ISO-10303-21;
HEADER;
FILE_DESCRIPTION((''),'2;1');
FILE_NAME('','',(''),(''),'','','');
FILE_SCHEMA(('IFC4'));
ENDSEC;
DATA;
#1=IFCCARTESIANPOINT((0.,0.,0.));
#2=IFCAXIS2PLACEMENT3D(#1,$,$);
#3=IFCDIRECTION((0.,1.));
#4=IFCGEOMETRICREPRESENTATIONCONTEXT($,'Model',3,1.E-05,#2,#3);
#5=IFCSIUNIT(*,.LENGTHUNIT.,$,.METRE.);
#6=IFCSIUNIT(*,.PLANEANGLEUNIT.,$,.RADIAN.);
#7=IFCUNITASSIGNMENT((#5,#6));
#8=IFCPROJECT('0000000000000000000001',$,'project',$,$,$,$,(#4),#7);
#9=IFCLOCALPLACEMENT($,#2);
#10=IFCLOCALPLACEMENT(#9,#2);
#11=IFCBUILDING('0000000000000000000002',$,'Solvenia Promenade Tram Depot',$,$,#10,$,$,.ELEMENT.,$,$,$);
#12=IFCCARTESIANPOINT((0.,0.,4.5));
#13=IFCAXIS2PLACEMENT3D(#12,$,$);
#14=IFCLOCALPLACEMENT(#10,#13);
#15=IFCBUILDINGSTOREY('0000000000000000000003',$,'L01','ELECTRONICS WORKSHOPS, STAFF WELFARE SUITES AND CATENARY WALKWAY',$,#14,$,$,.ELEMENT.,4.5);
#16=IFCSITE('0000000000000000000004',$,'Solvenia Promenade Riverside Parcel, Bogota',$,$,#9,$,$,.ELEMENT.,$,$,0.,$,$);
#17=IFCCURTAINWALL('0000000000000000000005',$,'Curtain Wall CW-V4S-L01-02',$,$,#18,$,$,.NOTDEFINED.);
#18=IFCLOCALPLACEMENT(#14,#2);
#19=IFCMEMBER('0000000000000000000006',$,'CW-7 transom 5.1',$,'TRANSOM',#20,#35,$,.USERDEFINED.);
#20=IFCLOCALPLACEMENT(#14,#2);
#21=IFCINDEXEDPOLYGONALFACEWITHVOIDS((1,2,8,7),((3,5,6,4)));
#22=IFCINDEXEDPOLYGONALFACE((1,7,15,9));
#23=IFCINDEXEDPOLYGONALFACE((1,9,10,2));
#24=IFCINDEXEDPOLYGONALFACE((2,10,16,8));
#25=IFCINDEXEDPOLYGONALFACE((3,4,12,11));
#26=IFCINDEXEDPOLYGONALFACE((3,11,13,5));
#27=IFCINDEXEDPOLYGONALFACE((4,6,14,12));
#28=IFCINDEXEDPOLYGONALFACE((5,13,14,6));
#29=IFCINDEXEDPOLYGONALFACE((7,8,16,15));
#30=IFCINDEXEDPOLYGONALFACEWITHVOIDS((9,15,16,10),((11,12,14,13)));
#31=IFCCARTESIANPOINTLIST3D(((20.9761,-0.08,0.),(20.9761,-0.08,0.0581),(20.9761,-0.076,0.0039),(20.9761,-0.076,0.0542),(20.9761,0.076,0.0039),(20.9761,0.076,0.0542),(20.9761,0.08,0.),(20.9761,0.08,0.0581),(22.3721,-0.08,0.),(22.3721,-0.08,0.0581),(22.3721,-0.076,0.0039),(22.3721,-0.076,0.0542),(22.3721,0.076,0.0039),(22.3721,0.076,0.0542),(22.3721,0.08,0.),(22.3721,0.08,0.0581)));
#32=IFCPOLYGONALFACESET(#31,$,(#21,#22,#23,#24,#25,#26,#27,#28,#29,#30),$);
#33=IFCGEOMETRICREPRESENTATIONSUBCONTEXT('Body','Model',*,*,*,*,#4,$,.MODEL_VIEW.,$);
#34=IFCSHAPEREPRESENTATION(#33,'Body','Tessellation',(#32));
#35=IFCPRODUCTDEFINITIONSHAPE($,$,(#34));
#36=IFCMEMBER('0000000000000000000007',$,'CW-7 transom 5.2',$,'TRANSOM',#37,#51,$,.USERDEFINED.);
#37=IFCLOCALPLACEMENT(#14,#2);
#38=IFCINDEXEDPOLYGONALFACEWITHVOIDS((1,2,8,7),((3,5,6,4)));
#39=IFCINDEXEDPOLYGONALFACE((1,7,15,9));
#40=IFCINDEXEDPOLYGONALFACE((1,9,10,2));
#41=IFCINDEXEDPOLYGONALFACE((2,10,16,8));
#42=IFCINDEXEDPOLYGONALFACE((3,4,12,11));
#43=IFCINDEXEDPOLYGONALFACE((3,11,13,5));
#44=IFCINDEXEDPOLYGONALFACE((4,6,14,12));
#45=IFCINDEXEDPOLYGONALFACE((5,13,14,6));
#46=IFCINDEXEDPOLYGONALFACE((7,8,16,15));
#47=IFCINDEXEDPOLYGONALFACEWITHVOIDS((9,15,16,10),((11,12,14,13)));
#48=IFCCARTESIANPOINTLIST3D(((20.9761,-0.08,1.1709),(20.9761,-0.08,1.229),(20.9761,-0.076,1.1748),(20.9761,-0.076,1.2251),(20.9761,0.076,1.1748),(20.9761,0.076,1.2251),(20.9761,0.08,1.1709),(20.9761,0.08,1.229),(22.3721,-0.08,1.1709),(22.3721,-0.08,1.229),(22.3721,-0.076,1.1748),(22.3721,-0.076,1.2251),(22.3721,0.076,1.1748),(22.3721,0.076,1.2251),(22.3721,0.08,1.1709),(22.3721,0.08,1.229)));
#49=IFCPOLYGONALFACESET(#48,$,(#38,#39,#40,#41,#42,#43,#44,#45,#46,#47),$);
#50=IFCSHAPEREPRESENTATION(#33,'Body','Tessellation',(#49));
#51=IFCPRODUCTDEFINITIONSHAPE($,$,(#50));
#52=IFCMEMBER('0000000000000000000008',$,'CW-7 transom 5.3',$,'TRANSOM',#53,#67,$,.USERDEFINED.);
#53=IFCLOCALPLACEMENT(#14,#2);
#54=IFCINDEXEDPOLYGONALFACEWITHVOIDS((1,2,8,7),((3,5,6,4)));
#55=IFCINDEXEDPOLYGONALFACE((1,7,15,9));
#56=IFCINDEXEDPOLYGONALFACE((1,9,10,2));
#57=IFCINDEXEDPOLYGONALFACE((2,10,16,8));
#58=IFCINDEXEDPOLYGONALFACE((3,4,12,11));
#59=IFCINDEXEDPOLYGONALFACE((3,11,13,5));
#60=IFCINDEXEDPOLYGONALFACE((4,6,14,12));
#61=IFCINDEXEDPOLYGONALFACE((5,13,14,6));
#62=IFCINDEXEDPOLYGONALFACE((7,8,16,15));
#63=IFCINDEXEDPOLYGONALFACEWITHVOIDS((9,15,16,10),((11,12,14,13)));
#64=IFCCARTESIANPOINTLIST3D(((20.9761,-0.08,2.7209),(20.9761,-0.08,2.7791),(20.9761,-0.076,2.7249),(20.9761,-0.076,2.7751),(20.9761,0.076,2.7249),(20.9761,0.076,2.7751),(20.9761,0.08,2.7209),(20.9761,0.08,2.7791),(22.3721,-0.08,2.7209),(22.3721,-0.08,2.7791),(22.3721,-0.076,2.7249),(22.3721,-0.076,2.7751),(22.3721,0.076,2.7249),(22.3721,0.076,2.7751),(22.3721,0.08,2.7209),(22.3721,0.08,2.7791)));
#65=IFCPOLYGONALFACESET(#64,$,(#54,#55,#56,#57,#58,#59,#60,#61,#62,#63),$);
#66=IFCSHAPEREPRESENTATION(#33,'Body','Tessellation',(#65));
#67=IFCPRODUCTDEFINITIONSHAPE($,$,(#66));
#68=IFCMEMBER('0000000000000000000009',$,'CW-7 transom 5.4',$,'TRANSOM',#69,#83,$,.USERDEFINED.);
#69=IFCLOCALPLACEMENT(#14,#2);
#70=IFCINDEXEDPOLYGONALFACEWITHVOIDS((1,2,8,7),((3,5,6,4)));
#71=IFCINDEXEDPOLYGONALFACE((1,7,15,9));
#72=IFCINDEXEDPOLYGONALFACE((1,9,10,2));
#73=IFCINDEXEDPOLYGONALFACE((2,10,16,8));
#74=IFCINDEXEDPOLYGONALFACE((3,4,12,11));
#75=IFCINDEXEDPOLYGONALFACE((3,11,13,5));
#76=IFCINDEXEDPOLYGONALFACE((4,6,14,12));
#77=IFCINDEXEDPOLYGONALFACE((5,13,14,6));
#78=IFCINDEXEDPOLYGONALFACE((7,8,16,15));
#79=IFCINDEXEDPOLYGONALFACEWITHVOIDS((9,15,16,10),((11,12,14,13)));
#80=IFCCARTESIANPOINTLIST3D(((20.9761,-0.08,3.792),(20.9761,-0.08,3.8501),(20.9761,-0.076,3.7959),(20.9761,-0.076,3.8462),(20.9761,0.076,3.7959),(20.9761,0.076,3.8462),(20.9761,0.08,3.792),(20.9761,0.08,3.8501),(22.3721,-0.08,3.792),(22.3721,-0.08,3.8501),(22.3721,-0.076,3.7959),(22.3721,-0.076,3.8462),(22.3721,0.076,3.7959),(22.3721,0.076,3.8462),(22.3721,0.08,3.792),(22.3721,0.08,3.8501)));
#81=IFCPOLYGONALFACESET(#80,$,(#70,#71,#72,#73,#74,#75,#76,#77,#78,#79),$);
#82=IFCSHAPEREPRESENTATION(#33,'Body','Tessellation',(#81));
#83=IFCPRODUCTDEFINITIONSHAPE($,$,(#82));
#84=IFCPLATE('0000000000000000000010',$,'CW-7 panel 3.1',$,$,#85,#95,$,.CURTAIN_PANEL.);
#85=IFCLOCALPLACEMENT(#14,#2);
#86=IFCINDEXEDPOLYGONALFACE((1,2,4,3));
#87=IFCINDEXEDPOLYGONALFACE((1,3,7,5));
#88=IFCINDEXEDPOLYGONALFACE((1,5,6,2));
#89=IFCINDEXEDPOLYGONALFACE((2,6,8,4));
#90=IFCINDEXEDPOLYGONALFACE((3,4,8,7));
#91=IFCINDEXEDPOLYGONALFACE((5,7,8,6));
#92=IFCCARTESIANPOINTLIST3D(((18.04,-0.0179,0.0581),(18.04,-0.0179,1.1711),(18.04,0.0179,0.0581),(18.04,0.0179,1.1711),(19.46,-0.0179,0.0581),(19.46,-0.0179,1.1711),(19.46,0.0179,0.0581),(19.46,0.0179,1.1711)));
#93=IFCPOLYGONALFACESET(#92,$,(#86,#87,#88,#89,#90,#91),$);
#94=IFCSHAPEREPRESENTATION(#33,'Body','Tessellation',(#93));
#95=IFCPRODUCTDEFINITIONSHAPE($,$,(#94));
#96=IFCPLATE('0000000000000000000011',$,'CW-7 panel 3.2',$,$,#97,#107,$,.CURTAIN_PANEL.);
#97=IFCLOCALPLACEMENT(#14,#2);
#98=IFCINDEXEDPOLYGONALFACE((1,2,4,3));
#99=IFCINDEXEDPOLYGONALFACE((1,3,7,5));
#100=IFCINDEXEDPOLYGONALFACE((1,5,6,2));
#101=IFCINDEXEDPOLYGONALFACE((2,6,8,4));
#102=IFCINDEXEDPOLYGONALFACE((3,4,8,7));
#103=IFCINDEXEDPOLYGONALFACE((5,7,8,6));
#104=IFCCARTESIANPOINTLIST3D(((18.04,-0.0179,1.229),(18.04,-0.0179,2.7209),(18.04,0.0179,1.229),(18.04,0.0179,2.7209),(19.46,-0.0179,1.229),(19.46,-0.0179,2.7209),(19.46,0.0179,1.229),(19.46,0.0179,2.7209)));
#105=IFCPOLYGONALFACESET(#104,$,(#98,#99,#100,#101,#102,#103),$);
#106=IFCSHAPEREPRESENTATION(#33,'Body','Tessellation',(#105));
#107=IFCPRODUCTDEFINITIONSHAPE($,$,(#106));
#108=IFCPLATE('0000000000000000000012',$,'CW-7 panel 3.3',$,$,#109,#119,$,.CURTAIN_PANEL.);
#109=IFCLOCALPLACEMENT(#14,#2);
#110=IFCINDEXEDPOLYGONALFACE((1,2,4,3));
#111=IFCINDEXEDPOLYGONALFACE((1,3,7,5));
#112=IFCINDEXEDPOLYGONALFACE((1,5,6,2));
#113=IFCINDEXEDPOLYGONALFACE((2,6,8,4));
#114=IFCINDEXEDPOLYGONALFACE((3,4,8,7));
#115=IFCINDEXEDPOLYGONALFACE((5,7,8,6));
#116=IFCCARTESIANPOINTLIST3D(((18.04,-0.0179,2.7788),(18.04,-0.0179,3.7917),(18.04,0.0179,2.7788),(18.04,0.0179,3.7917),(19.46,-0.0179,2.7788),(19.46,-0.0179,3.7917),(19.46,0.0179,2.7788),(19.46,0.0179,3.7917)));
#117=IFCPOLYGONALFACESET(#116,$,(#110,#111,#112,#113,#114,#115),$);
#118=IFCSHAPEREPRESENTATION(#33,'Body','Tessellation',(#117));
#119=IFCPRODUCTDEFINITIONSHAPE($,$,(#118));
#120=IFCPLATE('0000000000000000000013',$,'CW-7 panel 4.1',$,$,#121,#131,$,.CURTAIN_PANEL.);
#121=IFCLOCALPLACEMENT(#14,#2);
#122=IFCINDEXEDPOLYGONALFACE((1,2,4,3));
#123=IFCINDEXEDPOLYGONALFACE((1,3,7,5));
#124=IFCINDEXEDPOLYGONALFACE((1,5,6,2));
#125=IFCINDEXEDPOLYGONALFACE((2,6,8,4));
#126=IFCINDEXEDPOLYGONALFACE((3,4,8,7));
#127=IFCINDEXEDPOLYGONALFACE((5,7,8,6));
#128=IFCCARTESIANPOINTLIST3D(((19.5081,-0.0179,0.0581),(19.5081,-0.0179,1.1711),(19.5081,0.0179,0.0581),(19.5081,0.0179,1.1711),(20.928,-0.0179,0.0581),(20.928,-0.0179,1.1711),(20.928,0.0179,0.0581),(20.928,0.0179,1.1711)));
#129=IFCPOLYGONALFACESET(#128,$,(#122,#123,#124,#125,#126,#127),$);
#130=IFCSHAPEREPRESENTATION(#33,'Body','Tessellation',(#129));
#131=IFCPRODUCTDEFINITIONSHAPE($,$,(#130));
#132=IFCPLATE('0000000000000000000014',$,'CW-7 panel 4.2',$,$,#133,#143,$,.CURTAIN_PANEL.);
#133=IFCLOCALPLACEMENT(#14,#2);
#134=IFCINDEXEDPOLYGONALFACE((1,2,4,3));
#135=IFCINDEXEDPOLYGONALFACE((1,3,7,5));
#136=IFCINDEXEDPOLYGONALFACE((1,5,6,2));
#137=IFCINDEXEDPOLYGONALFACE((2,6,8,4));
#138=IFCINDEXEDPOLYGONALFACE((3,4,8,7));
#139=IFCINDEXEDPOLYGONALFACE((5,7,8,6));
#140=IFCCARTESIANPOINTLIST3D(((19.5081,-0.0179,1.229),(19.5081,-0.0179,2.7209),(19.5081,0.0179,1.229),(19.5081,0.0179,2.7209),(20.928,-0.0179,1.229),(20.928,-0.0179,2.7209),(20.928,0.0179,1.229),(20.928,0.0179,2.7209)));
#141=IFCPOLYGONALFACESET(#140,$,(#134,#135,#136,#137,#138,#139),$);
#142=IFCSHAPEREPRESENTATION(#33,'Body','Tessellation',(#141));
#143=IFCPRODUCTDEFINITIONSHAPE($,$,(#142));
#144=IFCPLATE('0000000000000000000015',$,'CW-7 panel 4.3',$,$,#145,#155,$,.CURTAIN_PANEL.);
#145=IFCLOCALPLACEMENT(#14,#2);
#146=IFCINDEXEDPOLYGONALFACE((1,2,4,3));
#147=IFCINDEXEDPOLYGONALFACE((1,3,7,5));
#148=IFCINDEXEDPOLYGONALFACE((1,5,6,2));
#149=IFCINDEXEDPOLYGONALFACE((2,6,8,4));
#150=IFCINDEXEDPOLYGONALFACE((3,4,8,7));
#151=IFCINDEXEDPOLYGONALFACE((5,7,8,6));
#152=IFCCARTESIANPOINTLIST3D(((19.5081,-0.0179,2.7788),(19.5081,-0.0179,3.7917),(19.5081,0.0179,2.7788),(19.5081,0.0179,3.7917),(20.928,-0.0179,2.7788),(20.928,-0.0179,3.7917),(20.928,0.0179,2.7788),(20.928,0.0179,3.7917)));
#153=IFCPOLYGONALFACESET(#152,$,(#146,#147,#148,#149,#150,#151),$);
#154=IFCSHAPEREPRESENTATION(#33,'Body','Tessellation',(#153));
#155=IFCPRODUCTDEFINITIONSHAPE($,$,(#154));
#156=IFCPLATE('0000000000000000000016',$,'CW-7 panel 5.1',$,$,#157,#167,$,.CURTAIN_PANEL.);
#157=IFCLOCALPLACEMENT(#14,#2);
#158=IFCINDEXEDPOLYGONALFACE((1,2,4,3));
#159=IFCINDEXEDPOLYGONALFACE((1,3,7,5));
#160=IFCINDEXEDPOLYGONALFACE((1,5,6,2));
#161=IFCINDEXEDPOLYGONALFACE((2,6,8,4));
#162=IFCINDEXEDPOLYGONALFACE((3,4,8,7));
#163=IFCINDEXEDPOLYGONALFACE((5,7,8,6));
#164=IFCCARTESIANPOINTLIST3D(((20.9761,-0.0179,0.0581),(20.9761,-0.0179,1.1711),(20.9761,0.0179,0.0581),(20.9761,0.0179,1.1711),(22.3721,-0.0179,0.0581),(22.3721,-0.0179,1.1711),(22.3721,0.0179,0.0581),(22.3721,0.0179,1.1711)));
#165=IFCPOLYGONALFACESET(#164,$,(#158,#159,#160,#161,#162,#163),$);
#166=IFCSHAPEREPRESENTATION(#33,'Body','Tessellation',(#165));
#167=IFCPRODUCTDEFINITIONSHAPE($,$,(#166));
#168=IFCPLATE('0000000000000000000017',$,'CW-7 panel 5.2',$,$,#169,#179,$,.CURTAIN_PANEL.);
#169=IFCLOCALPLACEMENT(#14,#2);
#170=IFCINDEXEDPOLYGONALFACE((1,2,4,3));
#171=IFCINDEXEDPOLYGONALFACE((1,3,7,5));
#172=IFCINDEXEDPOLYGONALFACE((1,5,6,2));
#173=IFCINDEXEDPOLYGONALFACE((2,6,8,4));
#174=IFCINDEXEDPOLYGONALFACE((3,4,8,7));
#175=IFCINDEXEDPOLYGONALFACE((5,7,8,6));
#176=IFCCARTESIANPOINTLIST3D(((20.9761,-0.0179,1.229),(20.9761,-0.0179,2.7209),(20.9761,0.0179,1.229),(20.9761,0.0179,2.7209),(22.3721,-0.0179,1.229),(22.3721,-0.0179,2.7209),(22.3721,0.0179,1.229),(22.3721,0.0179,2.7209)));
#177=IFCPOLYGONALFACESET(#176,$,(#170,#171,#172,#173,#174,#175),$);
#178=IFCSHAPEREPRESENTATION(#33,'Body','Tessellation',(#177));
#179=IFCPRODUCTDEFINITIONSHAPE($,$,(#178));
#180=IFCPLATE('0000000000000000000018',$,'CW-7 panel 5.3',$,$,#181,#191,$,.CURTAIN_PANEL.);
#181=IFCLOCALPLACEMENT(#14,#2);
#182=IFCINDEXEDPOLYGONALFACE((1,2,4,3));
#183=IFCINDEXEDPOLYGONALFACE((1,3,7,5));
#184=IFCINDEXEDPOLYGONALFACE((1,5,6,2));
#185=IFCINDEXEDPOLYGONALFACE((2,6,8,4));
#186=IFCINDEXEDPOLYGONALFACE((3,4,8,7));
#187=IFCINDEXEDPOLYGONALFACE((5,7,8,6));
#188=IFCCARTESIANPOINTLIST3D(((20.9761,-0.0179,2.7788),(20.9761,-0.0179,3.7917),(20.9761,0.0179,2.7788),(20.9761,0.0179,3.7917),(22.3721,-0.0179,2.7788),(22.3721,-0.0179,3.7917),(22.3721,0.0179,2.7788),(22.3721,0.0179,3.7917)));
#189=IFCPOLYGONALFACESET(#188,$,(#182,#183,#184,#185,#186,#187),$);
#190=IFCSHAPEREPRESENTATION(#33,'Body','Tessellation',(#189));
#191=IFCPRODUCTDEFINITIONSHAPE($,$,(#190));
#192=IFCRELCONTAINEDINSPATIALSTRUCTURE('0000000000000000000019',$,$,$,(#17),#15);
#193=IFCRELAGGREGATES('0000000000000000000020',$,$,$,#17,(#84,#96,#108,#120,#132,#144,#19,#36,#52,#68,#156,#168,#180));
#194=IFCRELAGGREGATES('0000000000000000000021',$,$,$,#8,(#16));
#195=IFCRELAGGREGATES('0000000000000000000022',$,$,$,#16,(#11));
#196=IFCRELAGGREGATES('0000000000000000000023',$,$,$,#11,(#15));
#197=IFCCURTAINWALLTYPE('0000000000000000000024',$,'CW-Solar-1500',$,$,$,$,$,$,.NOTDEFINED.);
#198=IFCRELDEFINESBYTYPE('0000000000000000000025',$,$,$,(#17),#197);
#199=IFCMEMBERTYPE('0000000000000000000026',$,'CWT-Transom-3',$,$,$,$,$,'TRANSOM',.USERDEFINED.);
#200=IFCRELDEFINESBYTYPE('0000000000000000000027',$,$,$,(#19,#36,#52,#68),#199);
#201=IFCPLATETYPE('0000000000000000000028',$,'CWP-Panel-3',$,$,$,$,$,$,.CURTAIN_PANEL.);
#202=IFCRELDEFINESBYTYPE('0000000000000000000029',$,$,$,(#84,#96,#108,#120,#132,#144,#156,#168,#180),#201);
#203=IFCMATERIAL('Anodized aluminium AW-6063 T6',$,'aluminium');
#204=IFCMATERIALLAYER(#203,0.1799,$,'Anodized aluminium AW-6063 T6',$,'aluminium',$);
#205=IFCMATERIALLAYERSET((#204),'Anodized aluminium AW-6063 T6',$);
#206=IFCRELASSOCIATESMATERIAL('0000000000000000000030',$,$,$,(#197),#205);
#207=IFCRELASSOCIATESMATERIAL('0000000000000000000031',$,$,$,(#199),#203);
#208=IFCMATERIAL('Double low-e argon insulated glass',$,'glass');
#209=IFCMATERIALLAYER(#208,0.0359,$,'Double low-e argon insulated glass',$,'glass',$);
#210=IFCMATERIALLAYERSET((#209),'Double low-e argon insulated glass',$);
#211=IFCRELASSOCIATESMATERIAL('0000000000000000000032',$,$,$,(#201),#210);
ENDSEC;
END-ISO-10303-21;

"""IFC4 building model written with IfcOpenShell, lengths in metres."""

from ifc_helpers import new_model, si_unit, direction, frame, origin, origin_2d, place, context, subcontext, project, spatial, rectangle, hollow_rectangle, extrude, material, layer, layer_set, material_profile, profile_set, type_object, element, aggregate, save


model = new_model("IFC4")

# Units and contexts
model_context = context("Model", 3, precision=1e-05, world=origin(), true_north=direction((0.0, 1.0)))
body_context = subcontext(model_context, "Body", "Model", "MODEL_VIEW")
ifc_project = project(units=[si_unit("LENGTHUNIT", "METRE"), si_unit("PLANEANGLEUNIT", "RADIAN")], contexts=[model_context])

# Site, building, storey
site_placement = place(None, origin())
site = spatial("IfcSite", under=ifc_project, at=site_placement, Name="Solvenia Promenade Riverside Parcel, Bogota", CompositionType="ELEMENT", RefElevation=0.0)
building_placement = place(site_placement, origin())
building = spatial("IfcBuilding", under=site, at=building_placement, Name="Solvenia Promenade Tram Depot", CompositionType="ELEMENT")
storey_placement = place(building_placement, frame((0.0, 0.0, 4.5)))
storey = spatial("IfcBuildingStorey", under=building, at=storey_placement, Name="L01", Description="ELECTRONICS WORKSHOPS, STAFF WELFARE SUITES AND CATENARY WALKWAY", CompositionType="ELEMENT", Elevation=4.5)

# Curtain wall, members, plates
ifc_material_1 = material(Name="Anodized aluminium AW-6063 T6", Category="aluminium")
ifc_layer_1 = layer(ifc_material_1, 0.1799, Name="Anodized aluminium AW-6063 T6", Category="aluminium")
ifc_layer_set_1 = layer_set([ifc_layer_1], Name="Anodized aluminium AW-6063 T6")
curtain_wall_type = type_object("IfcCurtainWallType", Name="CW-Solar-1500", PredefinedType="NOTDEFINED", material=ifc_layer_set_1)
curtain_wall_placement = place(storey_placement, origin())
curtain_wall = element("IfcCurtainWall", 1, at=curtain_wall_placement, inside=storey, type_object=curtain_wall_type, Name="Curtain Wall CW-V4S-L01-02", PredefinedType="NOTDEFINED")
ifc_material_profile_1 = material_profile(ifc_material_1, hollow_rectangle(XDim=0.1599, YDim=0.0581, WallThickness=0.0039, at=origin_2d()), Name="ALU-T3", Category="aluminium")
ifc_profile_set_1 = profile_set([ifc_material_profile_1], Name="Anodized aluminium AW-6063 T6")
member_type_1 = type_object("IfcMemberType", Name="CWT-Transom-3", ElementType="TRANSOM", PredefinedType="USERDEFINED", material=ifc_profile_set_1)
member_1_placement = place(storey_placement, frame((20.9761, 0.0, 0.0291), z_axis=(1.0, 0.0, 0.0), x_axis=(0.0, 1.0, 0.0)))
member_1 = element("IfcMember", 2, at=member_1_placement, type_object=member_type_1, Name="CW-7 transom 5.1", ObjectType="TRANSOM", PredefinedType="USERDEFINED", context=body_context, shape_type="SweptSolid", body=[
    extrude(hollow_rectangle(XDim=0.1599, YDim=0.0581, WallThickness=0.0039, at=origin_2d()), origin(), (0.0, 0.0, 1.0), 1.396),
])
member_2_placement = place(storey_placement, frame((20.9761, 0.0, 1.2), z_axis=(1.0, 0.0, 0.0), x_axis=(0.0, 1.0, 0.0)))
member_2 = element("IfcMember", 3, at=member_2_placement, type_object=member_type_1, Name="CW-7 transom 5.2", ObjectType="TRANSOM", PredefinedType="USERDEFINED", context=body_context, shape_type="SweptSolid", body=[
    extrude(hollow_rectangle(XDim=0.1599, YDim=0.0581, WallThickness=0.0039, at=origin_2d()), origin(), (0.0, 0.0, 1.0), 1.396),
])
member_3_placement = place(storey_placement, frame((20.9761, 0.0, 2.75), z_axis=(1.0, 0.0, 0.0), x_axis=(0.0, 1.0, 0.0)))
member_3 = element("IfcMember", 4, at=member_3_placement, type_object=member_type_1, Name="CW-7 transom 5.3", ObjectType="TRANSOM", PredefinedType="USERDEFINED", context=body_context, shape_type="SweptSolid", body=[
    extrude(hollow_rectangle(XDim=0.1599, YDim=0.0581, WallThickness=0.0039, at=origin_2d()), origin(), (0.0, 0.0, 1.0), 1.396),
])
member_4_placement = place(storey_placement, frame((20.9761, 0.0, 3.821), z_axis=(1.0, 0.0, 0.0), x_axis=(0.0, 1.0, 0.0)))
member_4 = element("IfcMember", 5, at=member_4_placement, type_object=member_type_1, Name="CW-7 transom 5.4", ObjectType="TRANSOM", PredefinedType="USERDEFINED", context=body_context, shape_type="SweptSolid", body=[
    extrude(hollow_rectangle(XDim=0.1599, YDim=0.0581, WallThickness=0.0039, at=origin_2d()), origin(), (0.0, 0.0, 1.0), 1.396),
])
ifc_material_2 = material(Name="Double low-e argon insulated glass", Category="glass")
ifc_layer_2 = layer(ifc_material_2, 0.0359, Name="Double low-e argon insulated glass", Category="glass")
ifc_layer_set_2 = layer_set([ifc_layer_2], Name="Double low-e argon insulated glass")
plate_type = type_object("IfcPlateType", Name="CWP-Panel-3", PredefinedType="CURTAIN_PANEL", material=ifc_layer_set_2)
plate_1_placement = place(storey_placement, frame((18.75, 0.0, 0.0581), z_axis=(0.0, 0.0, 1.0), x_axis=(1.0, 0.0, 0.0)))
plate_1 = element("IfcPlate", 6, at=plate_1_placement, type_object=plate_type, Name="CW-7 panel 3.1", PredefinedType="CURTAIN_PANEL", context=body_context, shape_type="SweptSolid", body=[
    extrude(rectangle(XDim=1.4199, YDim=0.0359, at=origin_2d()), origin(), (0.0, 0.0, 1.0), 1.113),
])
plate_2_placement = place(storey_placement, frame((18.75, 0.0, 1.229), z_axis=(0.0, 0.0, 1.0), x_axis=(1.0, 0.0, 0.0)))
plate_2 = element("IfcPlate", 7, at=plate_2_placement, type_object=plate_type, Name="CW-7 panel 3.2", PredefinedType="CURTAIN_PANEL", context=body_context, shape_type="SweptSolid", body=[
    extrude(rectangle(XDim=1.4199, YDim=0.0359, at=origin_2d()), origin(), (0.0, 0.0, 1.0), 1.4919),
])
plate_3_placement = place(storey_placement, frame((18.75, 0.0, 2.7788), z_axis=(0.0, 0.0, 1.0), x_axis=(1.0, 0.0, 0.0)))
plate_3 = element("IfcPlate", 8, at=plate_3_placement, type_object=plate_type, Name="CW-7 panel 3.3", PredefinedType="CURTAIN_PANEL", context=body_context, shape_type="SweptSolid", body=[
    extrude(rectangle(XDim=1.4199, YDim=0.0359, at=origin_2d()), origin(), (0.0, 0.0, 1.0), 1.0129),
])
plate_4_placement = place(storey_placement, frame((20.218, 0.0, 0.0581), z_axis=(0.0, 0.0, 1.0), x_axis=(1.0, 0.0, 0.0)))
plate_4 = element("IfcPlate", 9, at=plate_4_placement, type_object=plate_type, Name="CW-7 panel 4.1", PredefinedType="CURTAIN_PANEL", context=body_context, shape_type="SweptSolid", body=[
    extrude(rectangle(XDim=1.4199, YDim=0.0359, at=origin_2d()), origin(), (0.0, 0.0, 1.0), 1.113),
])
plate_5_placement = place(storey_placement, frame((20.218, 0.0, 1.229), z_axis=(0.0, 0.0, 1.0), x_axis=(1.0, 0.0, 0.0)))
plate_5 = element("IfcPlate", 10, at=plate_5_placement, type_object=plate_type, Name="CW-7 panel 4.2", PredefinedType="CURTAIN_PANEL", context=body_context, shape_type="SweptSolid", body=[
    extrude(rectangle(XDim=1.4199, YDim=0.0359, at=origin_2d()), origin(), (0.0, 0.0, 1.0), 1.4919),
])
plate_6_placement = place(storey_placement, frame((20.218, 0.0, 2.7788), z_axis=(0.0, 0.0, 1.0), x_axis=(1.0, 0.0, 0.0)))
plate_6 = element("IfcPlate", 11, at=plate_6_placement, type_object=plate_type, Name="CW-7 panel 4.3", PredefinedType="CURTAIN_PANEL", context=body_context, shape_type="SweptSolid", body=[
    extrude(rectangle(XDim=1.4199, YDim=0.0359, at=origin_2d()), origin(), (0.0, 0.0, 1.0), 1.0129),
])
plate_7_placement = place(storey_placement, frame((21.6741, 0.0, 0.0581), z_axis=(0.0, 0.0, 1.0), x_axis=(1.0, 0.0, 0.0)))
plate_7 = element("IfcPlate", 12, at=plate_7_placement, type_object=plate_type, Name="CW-7 panel 5.1", PredefinedType="CURTAIN_PANEL", context=body_context, shape_type="SweptSolid", body=[
    extrude(rectangle(XDim=1.396, YDim=0.0359, at=origin_2d()), origin(), (0.0, 0.0, 1.0), 1.113),
])
plate_8_placement = place(storey_placement, frame((21.6741, 0.0, 1.229), z_axis=(0.0, 0.0, 1.0), x_axis=(1.0, 0.0, 0.0)))
plate_8 = element("IfcPlate", 13, at=plate_8_placement, type_object=plate_type, Name="CW-7 panel 5.2", PredefinedType="CURTAIN_PANEL", context=body_context, shape_type="SweptSolid", body=[
    extrude(rectangle(XDim=1.396, YDim=0.0359, at=origin_2d()), origin(), (0.0, 0.0, 1.0), 1.4919),
])
plate_9_placement = place(storey_placement, frame((21.6741, 0.0, 2.7788), z_axis=(0.0, 0.0, 1.0), x_axis=(1.0, 0.0, 0.0)))
plate_9 = element("IfcPlate", 14, at=plate_9_placement, type_object=plate_type, Name="CW-7 panel 5.3", PredefinedType="CURTAIN_PANEL", context=body_context, shape_type="SweptSolid", body=[
    extrude(rectangle(XDim=1.396, YDim=0.0359, at=origin_2d()), origin(), (0.0, 0.0, 1.0), 1.0129),
])
aggregate(curtain_wall, [plate_1, plate_2, plate_3, plate_4, plate_5, plate_6, member_1, member_2, member_3, member_4, plate_7, plate_8, plate_9])

save(model, "model.ifc")
